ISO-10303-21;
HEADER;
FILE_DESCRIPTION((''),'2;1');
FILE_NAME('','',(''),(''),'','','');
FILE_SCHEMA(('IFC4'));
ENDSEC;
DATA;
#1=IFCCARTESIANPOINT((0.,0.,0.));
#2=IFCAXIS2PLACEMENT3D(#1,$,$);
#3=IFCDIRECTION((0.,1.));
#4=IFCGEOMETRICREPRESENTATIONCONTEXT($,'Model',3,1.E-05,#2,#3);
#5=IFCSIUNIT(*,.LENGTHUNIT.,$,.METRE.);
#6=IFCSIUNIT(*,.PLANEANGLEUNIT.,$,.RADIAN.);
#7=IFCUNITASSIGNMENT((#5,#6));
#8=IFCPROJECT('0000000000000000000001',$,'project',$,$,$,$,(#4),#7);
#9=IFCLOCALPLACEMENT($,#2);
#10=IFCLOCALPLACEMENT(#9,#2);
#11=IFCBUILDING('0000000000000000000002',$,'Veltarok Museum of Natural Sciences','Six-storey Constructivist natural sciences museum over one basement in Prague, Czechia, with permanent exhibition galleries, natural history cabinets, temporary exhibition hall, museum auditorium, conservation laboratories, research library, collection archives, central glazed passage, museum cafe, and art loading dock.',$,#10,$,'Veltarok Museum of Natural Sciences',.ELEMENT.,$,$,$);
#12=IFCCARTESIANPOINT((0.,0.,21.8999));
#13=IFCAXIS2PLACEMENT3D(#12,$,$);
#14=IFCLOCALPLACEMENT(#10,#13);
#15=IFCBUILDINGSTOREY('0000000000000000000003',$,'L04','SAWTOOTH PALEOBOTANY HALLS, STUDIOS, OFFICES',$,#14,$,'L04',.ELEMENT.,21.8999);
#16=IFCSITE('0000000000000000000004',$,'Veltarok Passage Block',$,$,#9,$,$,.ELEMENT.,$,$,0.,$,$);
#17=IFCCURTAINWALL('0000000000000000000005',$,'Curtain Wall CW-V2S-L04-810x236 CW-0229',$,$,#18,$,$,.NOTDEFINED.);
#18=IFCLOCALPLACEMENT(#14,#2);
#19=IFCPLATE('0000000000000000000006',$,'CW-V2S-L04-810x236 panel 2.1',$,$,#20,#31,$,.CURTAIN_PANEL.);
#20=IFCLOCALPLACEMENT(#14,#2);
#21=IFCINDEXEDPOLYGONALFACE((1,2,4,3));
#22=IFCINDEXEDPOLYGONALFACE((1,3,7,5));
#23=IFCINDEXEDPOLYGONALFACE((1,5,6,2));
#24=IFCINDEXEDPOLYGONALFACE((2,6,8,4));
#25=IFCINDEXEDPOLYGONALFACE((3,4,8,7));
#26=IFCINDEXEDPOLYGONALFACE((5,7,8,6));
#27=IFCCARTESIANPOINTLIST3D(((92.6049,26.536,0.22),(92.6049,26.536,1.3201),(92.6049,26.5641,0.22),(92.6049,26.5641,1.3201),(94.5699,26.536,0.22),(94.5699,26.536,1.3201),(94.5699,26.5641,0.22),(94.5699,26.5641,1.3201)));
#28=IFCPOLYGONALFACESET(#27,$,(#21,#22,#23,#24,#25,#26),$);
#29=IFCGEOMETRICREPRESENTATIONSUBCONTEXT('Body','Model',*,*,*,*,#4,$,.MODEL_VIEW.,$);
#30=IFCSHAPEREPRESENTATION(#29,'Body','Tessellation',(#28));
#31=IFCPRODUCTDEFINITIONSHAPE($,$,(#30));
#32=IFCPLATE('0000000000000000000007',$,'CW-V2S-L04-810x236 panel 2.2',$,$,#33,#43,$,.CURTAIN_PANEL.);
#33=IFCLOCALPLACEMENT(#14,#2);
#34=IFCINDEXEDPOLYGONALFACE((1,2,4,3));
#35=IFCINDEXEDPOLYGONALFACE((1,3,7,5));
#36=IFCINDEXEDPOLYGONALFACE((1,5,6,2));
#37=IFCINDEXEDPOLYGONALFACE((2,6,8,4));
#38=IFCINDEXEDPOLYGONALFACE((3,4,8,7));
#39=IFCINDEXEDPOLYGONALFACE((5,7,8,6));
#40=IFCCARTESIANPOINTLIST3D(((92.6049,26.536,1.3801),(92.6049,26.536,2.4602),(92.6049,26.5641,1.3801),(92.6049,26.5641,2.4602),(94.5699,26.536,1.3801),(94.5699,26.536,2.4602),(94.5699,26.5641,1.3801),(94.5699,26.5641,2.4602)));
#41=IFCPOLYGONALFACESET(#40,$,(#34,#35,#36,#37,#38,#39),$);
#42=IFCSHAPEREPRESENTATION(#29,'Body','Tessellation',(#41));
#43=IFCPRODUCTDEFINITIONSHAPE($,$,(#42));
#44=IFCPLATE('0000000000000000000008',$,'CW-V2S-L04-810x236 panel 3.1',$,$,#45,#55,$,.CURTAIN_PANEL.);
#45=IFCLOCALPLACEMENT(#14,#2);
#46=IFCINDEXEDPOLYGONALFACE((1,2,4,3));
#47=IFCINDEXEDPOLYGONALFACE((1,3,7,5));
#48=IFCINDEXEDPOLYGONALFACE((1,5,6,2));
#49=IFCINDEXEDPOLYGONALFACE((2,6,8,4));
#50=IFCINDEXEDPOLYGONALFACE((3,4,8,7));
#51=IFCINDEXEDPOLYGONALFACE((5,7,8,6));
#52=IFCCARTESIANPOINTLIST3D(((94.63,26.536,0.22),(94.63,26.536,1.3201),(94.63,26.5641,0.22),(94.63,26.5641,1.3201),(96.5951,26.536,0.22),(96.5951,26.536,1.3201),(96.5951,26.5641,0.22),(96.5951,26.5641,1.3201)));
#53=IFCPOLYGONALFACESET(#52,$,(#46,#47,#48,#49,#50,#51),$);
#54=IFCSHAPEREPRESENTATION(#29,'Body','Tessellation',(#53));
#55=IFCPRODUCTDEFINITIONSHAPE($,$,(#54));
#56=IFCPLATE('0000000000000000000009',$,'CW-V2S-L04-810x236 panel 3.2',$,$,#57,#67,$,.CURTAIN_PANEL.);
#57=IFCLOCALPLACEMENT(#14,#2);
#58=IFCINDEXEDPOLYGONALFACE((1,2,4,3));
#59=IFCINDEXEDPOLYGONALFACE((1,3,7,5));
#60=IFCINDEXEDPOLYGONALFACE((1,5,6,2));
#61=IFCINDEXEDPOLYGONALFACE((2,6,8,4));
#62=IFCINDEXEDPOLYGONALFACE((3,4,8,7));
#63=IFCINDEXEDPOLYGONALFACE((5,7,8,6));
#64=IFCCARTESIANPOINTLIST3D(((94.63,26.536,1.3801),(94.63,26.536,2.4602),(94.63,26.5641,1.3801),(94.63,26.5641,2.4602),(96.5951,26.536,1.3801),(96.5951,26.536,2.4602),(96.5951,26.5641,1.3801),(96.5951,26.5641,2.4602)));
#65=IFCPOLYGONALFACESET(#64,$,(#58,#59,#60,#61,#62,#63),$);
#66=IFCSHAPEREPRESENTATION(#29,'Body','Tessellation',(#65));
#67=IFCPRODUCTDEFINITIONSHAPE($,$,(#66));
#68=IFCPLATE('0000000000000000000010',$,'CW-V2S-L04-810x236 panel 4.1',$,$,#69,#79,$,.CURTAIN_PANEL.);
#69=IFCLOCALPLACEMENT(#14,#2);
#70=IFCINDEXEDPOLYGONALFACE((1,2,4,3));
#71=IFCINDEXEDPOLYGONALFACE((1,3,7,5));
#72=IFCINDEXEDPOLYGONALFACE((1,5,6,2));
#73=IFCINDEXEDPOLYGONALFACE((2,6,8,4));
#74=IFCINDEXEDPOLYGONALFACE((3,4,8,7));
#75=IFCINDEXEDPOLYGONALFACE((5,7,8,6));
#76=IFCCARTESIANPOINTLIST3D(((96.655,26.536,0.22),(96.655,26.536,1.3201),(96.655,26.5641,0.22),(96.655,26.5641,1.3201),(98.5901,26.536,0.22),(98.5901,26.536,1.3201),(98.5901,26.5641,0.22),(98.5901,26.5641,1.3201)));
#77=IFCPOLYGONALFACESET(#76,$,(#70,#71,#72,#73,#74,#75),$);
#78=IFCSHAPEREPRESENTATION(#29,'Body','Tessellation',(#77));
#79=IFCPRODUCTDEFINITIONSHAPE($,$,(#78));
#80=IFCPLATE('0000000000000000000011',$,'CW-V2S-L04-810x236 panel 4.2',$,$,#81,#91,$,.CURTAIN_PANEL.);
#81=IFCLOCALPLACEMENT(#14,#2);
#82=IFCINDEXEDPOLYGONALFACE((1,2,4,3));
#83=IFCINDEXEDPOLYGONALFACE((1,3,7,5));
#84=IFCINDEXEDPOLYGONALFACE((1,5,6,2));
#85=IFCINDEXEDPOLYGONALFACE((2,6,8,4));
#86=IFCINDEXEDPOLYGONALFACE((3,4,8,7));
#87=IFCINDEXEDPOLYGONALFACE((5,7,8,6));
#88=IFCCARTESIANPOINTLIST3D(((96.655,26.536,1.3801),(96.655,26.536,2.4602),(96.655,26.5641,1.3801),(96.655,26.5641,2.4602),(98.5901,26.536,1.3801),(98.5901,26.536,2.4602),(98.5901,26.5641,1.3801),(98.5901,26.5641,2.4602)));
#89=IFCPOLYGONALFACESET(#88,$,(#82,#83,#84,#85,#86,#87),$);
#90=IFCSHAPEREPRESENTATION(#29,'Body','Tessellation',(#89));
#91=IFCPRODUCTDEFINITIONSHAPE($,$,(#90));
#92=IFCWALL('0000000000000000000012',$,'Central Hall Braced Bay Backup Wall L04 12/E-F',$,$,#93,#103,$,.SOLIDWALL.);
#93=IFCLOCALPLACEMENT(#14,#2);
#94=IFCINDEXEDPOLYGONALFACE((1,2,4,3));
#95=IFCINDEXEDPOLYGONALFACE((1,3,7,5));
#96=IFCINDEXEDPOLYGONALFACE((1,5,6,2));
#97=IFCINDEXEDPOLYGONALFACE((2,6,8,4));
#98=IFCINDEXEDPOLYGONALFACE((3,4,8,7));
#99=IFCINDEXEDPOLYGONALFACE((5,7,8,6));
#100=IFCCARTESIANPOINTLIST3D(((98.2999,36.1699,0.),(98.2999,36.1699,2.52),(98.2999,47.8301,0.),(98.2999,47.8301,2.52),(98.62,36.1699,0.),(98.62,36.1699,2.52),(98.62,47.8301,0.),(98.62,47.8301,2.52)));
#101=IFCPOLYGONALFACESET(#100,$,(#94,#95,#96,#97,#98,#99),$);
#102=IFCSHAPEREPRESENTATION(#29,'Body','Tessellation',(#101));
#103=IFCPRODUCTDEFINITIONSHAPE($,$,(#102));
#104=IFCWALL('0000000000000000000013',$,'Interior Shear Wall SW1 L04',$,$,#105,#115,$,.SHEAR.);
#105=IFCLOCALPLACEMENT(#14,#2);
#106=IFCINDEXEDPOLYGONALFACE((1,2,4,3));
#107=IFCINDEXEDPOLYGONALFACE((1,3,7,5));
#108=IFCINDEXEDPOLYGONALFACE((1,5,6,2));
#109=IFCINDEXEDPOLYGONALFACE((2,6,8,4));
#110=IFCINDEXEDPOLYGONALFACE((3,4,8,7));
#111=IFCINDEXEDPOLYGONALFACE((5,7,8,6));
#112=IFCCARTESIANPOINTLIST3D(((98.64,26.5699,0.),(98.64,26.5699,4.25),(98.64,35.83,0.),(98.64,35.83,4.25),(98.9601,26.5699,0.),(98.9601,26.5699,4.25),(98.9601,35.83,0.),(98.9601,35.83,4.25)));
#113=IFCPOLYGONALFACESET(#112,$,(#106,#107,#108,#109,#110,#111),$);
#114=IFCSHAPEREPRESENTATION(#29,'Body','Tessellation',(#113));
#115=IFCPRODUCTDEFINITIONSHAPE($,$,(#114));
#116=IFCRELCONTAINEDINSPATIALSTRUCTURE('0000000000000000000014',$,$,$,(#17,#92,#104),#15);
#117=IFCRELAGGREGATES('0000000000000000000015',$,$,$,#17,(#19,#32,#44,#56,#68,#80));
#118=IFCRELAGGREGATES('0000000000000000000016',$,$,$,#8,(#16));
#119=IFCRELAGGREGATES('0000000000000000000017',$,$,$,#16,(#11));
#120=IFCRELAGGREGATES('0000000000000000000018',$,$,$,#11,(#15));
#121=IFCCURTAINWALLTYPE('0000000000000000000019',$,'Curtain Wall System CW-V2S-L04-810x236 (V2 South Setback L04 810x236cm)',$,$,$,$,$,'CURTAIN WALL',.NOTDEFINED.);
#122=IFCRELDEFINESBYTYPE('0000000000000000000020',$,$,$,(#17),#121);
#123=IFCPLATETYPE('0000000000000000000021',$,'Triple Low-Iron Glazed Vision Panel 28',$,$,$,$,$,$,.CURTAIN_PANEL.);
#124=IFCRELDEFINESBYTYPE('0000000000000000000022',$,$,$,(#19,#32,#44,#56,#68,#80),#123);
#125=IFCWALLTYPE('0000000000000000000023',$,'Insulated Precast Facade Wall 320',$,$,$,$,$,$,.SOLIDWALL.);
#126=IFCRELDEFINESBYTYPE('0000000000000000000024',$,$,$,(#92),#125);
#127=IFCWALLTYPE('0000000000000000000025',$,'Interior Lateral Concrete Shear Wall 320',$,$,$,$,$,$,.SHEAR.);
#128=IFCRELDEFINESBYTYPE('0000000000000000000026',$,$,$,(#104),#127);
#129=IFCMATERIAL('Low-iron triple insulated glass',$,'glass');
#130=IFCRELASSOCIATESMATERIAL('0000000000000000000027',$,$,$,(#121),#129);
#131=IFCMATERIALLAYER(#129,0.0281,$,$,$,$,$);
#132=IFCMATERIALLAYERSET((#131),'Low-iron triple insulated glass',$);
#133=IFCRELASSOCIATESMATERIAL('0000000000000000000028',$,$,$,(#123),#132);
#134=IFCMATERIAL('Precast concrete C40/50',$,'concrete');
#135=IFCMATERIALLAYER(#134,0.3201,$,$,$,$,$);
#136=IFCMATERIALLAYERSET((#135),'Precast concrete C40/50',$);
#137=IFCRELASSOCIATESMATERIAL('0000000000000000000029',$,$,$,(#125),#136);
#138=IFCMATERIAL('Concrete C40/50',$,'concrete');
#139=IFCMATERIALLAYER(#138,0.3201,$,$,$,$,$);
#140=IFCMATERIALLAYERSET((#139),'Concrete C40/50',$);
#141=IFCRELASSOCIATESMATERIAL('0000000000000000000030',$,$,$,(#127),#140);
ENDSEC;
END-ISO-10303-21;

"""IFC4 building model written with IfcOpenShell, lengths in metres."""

from ifc_helpers import new_model, si_unit, direction, frame, frame_2d, origin, origin_2d, place, context, subcontext, project, spatial, rectangle, extrude, material, layer, layer_set, type_object, element, aggregate, save


model = new_model("IFC4")

# Units and contexts
model_context = context("Model", 3, precision=1e-05, world=origin(), true_north=direction((0.0, 1.0)))
body_context = subcontext(model_context, "Body", "Model", "MODEL_VIEW")
ifc_project = project(units=[si_unit("LENGTHUNIT", "METRE"), si_unit("PLANEANGLEUNIT", "RADIAN")], contexts=[model_context])

# Site, building, storey
site_placement = place(None, origin())
site = spatial("IfcSite", under=ifc_project, at=site_placement, Name="Veltarok Passage Block", CompositionType="ELEMENT", RefElevation=0.0)
building_placement = place(site_placement, origin())
building = spatial("IfcBuilding", under=site, at=building_placement, Name="Veltarok Museum of Natural Sciences", Description="Six-storey Constructivist natural sciences museum over one basement in Prague, Czechia, with permanent exhibition galleries, natural history cabinets, temporary exhibition hall, museum auditorium, conservation laboratories, research library, collection archives, central glazed passage, museum cafe, and art loading dock.", LongName="Veltarok Museum of Natural Sciences", CompositionType="ELEMENT")
storey_placement = place(building_placement, frame((0.0, 0.0, 21.8999)))
storey = spatial("IfcBuildingStorey", under=building, at=storey_placement, Name="L04", Description="SAWTOOTH PALEOBOTANY HALLS, STUDIOS, OFFICES", LongName="L04", CompositionType="ELEMENT", Elevation=21.8999)

# Curtain wall
ifc_material_1 = material(Name="Low-iron triple insulated glass", Category="glass")
curtain_wall_type = type_object("IfcCurtainWallType", Name="Curtain Wall System CW-V2S-L04-810x236 (V2 South Setback L04 810x236cm)", ElementType="CURTAIN WALL", PredefinedType="NOTDEFINED", material=ifc_material_1)
curtain_wall_placement = place(storey_placement, origin())
curtain_wall = element("IfcCurtainWall", 1, at=curtain_wall_placement, inside=storey, type_object=curtain_wall_type, Name="Curtain Wall CW-V2S-L04-810x236 CW-0229", PredefinedType="NOTDEFINED")

# Plates
ifc_layer_1 = layer(ifc_material_1, 0.0281)
ifc_layer_set_1 = layer_set([ifc_layer_1], Name="Low-iron triple insulated glass")
plate_type_1 = type_object("IfcPlateType", Name="Triple Low-Iron Glazed Vision Panel 28", PredefinedType="CURTAIN_PANEL", material=ifc_layer_set_1)
plate_1_placement = place(storey_placement, frame((93.5874, 26.55, 0.22), z_axis=(0.0, 0.0, 1.0), x_axis=(1.0, 0.0, 0.0)))
plate_1 = element("IfcPlate", 2, at=plate_1_placement, type_object=plate_type_1, Name="CW-V2S-L04-810x236 panel 2.1", PredefinedType="CURTAIN_PANEL", context=body_context, shape_type="SweptSolid", body=[
    extrude(rectangle(XDim=1.9651, YDim=0.0281, at=origin_2d()), origin(), (0.0, 0.0, 1.0), 1.1001),
])
plate_2_placement = place(storey_placement, frame((93.5874, 26.55, 1.3801), z_axis=(0.0, 0.0, 1.0), x_axis=(1.0, 0.0, 0.0)))
plate_2 = element("IfcPlate", 3, at=plate_2_placement, type_object=plate_type_1, Name="CW-V2S-L04-810x236 panel 2.2", PredefinedType="CURTAIN_PANEL", context=body_context, shape_type="SweptSolid", body=[
    extrude(rectangle(XDim=1.9651, YDim=0.0281, at=origin_2d()), origin(), (0.0, 0.0, 1.0), 1.0801),
])
plate_3_placement = place(storey_placement, frame((95.6125, 26.55, 0.22), z_axis=(0.0, 0.0, 1.0), x_axis=(1.0, 0.0, 0.0)))
plate_3 = element("IfcPlate", 4, at=plate_3_placement, type_object=plate_type_1, Name="CW-V2S-L04-810x236 panel 3.1", PredefinedType="CURTAIN_PANEL", context=body_context, shape_type="SweptSolid", body=[
    extrude(rectangle(XDim=1.9651, YDim=0.0281, at=origin_2d()), origin(), (0.0, 0.0, 1.0), 1.1001),
])
plate_4_placement = place(storey_placement, frame((95.6125, 26.55, 1.3801), z_axis=(0.0, 0.0, 1.0), x_axis=(1.0, 0.0, 0.0)))
plate_4 = element("IfcPlate", 5, at=plate_4_placement, type_object=plate_type_1, Name="CW-V2S-L04-810x236 panel 3.2", PredefinedType="CURTAIN_PANEL", context=body_context, shape_type="SweptSolid", body=[
    extrude(rectangle(XDim=1.9651, YDim=0.0281, at=origin_2d()), origin(), (0.0, 0.0, 1.0), 1.0801),
])
plate_5_placement = place(storey_placement, frame((97.6226, 26.55, 0.22), z_axis=(0.0, 0.0, 1.0), x_axis=(1.0, 0.0, 0.0)))
plate_5 = element("IfcPlate", 6, at=plate_5_placement, type_object=plate_type_1, Name="CW-V2S-L04-810x236 panel 4.1", PredefinedType="CURTAIN_PANEL", context=body_context, shape_type="SweptSolid", body=[
    extrude(rectangle(XDim=1.9351, YDim=0.0281, at=origin_2d()), origin(), (0.0, 0.0, 1.0), 1.1001),
])
plate_6_placement = place(storey_placement, frame((97.6226, 26.55, 1.3801), z_axis=(0.0, 0.0, 1.0), x_axis=(1.0, 0.0, 0.0)))
plate_6 = element("IfcPlate", 7, at=plate_6_placement, type_object=plate_type_1, Name="CW-V2S-L04-810x236 panel 4.2", PredefinedType="CURTAIN_PANEL", context=body_context, shape_type="SweptSolid", body=[
    extrude(rectangle(XDim=1.9351, YDim=0.0281, at=origin_2d()), origin(), (0.0, 0.0, 1.0), 1.0801),
])
aggregate(curtain_wall, [plate_1, plate_2, plate_3, plate_4, plate_5, plate_6])

# Walls
ifc_material_2 = material(Name="Precast concrete C40/50", Category="concrete")
ifc_layer_2 = layer(ifc_material_2, 0.3201)
ifc_layer_set_2 = layer_set([ifc_layer_2], Name="Precast concrete C40/50")
wall_type_1 = type_object("IfcWallType", Name="Insulated Precast Facade Wall 320", PredefinedType="SOLIDWALL", material=ifc_layer_set_2)
wall_1_placement = place(storey_placement, frame((98.46, 36.1699, 0.0), z_axis=(0.0, 0.0, 1.0), x_axis=(0.0, 1.0, 0.0)))
element("IfcWall", 8, at=wall_1_placement, inside=storey, type_object=wall_type_1, Name="Central Hall Braced Bay Backup Wall L04 12/E-F", PredefinedType="SOLIDWALL", context=body_context, shape_type="SweptSolid", body=[
    extrude(rectangle(XDim=11.6602, YDim=0.3201, at=frame_2d((5.8301, 0.0))), origin(), (0.0, 0.0, 1.0), 2.52),
])
ifc_material_3 = material(Name="Concrete C40/50", Category="concrete")
ifc_layer_3 = layer(ifc_material_3, 0.3201)
ifc_layer_set_3 = layer_set([ifc_layer_3], Name="Concrete C40/50")
wall_type_2 = type_object("IfcWallType", Name="Interior Lateral Concrete Shear Wall 320", PredefinedType="SHEAR", material=ifc_layer_set_3)
wall_2_placement = place(storey_placement, frame((98.8, 26.5701, 0.0), z_axis=(0.0, 0.0, 1.0), x_axis=(0.0, 1.0, 0.0)))
element("IfcWall", 9, at=wall_2_placement, inside=storey, type_object=wall_type_2, Name="Interior Shear Wall SW1 L04", PredefinedType="SHEAR", context=body_context, shape_type="SweptSolid", body=[
    extrude(rectangle(XDim=9.26, YDim=0.3201, at=frame_2d((4.6299, 0.0))), origin(), (0.0, 0.0, 1.0), 4.25),
])

save(model, "model.ifc")
